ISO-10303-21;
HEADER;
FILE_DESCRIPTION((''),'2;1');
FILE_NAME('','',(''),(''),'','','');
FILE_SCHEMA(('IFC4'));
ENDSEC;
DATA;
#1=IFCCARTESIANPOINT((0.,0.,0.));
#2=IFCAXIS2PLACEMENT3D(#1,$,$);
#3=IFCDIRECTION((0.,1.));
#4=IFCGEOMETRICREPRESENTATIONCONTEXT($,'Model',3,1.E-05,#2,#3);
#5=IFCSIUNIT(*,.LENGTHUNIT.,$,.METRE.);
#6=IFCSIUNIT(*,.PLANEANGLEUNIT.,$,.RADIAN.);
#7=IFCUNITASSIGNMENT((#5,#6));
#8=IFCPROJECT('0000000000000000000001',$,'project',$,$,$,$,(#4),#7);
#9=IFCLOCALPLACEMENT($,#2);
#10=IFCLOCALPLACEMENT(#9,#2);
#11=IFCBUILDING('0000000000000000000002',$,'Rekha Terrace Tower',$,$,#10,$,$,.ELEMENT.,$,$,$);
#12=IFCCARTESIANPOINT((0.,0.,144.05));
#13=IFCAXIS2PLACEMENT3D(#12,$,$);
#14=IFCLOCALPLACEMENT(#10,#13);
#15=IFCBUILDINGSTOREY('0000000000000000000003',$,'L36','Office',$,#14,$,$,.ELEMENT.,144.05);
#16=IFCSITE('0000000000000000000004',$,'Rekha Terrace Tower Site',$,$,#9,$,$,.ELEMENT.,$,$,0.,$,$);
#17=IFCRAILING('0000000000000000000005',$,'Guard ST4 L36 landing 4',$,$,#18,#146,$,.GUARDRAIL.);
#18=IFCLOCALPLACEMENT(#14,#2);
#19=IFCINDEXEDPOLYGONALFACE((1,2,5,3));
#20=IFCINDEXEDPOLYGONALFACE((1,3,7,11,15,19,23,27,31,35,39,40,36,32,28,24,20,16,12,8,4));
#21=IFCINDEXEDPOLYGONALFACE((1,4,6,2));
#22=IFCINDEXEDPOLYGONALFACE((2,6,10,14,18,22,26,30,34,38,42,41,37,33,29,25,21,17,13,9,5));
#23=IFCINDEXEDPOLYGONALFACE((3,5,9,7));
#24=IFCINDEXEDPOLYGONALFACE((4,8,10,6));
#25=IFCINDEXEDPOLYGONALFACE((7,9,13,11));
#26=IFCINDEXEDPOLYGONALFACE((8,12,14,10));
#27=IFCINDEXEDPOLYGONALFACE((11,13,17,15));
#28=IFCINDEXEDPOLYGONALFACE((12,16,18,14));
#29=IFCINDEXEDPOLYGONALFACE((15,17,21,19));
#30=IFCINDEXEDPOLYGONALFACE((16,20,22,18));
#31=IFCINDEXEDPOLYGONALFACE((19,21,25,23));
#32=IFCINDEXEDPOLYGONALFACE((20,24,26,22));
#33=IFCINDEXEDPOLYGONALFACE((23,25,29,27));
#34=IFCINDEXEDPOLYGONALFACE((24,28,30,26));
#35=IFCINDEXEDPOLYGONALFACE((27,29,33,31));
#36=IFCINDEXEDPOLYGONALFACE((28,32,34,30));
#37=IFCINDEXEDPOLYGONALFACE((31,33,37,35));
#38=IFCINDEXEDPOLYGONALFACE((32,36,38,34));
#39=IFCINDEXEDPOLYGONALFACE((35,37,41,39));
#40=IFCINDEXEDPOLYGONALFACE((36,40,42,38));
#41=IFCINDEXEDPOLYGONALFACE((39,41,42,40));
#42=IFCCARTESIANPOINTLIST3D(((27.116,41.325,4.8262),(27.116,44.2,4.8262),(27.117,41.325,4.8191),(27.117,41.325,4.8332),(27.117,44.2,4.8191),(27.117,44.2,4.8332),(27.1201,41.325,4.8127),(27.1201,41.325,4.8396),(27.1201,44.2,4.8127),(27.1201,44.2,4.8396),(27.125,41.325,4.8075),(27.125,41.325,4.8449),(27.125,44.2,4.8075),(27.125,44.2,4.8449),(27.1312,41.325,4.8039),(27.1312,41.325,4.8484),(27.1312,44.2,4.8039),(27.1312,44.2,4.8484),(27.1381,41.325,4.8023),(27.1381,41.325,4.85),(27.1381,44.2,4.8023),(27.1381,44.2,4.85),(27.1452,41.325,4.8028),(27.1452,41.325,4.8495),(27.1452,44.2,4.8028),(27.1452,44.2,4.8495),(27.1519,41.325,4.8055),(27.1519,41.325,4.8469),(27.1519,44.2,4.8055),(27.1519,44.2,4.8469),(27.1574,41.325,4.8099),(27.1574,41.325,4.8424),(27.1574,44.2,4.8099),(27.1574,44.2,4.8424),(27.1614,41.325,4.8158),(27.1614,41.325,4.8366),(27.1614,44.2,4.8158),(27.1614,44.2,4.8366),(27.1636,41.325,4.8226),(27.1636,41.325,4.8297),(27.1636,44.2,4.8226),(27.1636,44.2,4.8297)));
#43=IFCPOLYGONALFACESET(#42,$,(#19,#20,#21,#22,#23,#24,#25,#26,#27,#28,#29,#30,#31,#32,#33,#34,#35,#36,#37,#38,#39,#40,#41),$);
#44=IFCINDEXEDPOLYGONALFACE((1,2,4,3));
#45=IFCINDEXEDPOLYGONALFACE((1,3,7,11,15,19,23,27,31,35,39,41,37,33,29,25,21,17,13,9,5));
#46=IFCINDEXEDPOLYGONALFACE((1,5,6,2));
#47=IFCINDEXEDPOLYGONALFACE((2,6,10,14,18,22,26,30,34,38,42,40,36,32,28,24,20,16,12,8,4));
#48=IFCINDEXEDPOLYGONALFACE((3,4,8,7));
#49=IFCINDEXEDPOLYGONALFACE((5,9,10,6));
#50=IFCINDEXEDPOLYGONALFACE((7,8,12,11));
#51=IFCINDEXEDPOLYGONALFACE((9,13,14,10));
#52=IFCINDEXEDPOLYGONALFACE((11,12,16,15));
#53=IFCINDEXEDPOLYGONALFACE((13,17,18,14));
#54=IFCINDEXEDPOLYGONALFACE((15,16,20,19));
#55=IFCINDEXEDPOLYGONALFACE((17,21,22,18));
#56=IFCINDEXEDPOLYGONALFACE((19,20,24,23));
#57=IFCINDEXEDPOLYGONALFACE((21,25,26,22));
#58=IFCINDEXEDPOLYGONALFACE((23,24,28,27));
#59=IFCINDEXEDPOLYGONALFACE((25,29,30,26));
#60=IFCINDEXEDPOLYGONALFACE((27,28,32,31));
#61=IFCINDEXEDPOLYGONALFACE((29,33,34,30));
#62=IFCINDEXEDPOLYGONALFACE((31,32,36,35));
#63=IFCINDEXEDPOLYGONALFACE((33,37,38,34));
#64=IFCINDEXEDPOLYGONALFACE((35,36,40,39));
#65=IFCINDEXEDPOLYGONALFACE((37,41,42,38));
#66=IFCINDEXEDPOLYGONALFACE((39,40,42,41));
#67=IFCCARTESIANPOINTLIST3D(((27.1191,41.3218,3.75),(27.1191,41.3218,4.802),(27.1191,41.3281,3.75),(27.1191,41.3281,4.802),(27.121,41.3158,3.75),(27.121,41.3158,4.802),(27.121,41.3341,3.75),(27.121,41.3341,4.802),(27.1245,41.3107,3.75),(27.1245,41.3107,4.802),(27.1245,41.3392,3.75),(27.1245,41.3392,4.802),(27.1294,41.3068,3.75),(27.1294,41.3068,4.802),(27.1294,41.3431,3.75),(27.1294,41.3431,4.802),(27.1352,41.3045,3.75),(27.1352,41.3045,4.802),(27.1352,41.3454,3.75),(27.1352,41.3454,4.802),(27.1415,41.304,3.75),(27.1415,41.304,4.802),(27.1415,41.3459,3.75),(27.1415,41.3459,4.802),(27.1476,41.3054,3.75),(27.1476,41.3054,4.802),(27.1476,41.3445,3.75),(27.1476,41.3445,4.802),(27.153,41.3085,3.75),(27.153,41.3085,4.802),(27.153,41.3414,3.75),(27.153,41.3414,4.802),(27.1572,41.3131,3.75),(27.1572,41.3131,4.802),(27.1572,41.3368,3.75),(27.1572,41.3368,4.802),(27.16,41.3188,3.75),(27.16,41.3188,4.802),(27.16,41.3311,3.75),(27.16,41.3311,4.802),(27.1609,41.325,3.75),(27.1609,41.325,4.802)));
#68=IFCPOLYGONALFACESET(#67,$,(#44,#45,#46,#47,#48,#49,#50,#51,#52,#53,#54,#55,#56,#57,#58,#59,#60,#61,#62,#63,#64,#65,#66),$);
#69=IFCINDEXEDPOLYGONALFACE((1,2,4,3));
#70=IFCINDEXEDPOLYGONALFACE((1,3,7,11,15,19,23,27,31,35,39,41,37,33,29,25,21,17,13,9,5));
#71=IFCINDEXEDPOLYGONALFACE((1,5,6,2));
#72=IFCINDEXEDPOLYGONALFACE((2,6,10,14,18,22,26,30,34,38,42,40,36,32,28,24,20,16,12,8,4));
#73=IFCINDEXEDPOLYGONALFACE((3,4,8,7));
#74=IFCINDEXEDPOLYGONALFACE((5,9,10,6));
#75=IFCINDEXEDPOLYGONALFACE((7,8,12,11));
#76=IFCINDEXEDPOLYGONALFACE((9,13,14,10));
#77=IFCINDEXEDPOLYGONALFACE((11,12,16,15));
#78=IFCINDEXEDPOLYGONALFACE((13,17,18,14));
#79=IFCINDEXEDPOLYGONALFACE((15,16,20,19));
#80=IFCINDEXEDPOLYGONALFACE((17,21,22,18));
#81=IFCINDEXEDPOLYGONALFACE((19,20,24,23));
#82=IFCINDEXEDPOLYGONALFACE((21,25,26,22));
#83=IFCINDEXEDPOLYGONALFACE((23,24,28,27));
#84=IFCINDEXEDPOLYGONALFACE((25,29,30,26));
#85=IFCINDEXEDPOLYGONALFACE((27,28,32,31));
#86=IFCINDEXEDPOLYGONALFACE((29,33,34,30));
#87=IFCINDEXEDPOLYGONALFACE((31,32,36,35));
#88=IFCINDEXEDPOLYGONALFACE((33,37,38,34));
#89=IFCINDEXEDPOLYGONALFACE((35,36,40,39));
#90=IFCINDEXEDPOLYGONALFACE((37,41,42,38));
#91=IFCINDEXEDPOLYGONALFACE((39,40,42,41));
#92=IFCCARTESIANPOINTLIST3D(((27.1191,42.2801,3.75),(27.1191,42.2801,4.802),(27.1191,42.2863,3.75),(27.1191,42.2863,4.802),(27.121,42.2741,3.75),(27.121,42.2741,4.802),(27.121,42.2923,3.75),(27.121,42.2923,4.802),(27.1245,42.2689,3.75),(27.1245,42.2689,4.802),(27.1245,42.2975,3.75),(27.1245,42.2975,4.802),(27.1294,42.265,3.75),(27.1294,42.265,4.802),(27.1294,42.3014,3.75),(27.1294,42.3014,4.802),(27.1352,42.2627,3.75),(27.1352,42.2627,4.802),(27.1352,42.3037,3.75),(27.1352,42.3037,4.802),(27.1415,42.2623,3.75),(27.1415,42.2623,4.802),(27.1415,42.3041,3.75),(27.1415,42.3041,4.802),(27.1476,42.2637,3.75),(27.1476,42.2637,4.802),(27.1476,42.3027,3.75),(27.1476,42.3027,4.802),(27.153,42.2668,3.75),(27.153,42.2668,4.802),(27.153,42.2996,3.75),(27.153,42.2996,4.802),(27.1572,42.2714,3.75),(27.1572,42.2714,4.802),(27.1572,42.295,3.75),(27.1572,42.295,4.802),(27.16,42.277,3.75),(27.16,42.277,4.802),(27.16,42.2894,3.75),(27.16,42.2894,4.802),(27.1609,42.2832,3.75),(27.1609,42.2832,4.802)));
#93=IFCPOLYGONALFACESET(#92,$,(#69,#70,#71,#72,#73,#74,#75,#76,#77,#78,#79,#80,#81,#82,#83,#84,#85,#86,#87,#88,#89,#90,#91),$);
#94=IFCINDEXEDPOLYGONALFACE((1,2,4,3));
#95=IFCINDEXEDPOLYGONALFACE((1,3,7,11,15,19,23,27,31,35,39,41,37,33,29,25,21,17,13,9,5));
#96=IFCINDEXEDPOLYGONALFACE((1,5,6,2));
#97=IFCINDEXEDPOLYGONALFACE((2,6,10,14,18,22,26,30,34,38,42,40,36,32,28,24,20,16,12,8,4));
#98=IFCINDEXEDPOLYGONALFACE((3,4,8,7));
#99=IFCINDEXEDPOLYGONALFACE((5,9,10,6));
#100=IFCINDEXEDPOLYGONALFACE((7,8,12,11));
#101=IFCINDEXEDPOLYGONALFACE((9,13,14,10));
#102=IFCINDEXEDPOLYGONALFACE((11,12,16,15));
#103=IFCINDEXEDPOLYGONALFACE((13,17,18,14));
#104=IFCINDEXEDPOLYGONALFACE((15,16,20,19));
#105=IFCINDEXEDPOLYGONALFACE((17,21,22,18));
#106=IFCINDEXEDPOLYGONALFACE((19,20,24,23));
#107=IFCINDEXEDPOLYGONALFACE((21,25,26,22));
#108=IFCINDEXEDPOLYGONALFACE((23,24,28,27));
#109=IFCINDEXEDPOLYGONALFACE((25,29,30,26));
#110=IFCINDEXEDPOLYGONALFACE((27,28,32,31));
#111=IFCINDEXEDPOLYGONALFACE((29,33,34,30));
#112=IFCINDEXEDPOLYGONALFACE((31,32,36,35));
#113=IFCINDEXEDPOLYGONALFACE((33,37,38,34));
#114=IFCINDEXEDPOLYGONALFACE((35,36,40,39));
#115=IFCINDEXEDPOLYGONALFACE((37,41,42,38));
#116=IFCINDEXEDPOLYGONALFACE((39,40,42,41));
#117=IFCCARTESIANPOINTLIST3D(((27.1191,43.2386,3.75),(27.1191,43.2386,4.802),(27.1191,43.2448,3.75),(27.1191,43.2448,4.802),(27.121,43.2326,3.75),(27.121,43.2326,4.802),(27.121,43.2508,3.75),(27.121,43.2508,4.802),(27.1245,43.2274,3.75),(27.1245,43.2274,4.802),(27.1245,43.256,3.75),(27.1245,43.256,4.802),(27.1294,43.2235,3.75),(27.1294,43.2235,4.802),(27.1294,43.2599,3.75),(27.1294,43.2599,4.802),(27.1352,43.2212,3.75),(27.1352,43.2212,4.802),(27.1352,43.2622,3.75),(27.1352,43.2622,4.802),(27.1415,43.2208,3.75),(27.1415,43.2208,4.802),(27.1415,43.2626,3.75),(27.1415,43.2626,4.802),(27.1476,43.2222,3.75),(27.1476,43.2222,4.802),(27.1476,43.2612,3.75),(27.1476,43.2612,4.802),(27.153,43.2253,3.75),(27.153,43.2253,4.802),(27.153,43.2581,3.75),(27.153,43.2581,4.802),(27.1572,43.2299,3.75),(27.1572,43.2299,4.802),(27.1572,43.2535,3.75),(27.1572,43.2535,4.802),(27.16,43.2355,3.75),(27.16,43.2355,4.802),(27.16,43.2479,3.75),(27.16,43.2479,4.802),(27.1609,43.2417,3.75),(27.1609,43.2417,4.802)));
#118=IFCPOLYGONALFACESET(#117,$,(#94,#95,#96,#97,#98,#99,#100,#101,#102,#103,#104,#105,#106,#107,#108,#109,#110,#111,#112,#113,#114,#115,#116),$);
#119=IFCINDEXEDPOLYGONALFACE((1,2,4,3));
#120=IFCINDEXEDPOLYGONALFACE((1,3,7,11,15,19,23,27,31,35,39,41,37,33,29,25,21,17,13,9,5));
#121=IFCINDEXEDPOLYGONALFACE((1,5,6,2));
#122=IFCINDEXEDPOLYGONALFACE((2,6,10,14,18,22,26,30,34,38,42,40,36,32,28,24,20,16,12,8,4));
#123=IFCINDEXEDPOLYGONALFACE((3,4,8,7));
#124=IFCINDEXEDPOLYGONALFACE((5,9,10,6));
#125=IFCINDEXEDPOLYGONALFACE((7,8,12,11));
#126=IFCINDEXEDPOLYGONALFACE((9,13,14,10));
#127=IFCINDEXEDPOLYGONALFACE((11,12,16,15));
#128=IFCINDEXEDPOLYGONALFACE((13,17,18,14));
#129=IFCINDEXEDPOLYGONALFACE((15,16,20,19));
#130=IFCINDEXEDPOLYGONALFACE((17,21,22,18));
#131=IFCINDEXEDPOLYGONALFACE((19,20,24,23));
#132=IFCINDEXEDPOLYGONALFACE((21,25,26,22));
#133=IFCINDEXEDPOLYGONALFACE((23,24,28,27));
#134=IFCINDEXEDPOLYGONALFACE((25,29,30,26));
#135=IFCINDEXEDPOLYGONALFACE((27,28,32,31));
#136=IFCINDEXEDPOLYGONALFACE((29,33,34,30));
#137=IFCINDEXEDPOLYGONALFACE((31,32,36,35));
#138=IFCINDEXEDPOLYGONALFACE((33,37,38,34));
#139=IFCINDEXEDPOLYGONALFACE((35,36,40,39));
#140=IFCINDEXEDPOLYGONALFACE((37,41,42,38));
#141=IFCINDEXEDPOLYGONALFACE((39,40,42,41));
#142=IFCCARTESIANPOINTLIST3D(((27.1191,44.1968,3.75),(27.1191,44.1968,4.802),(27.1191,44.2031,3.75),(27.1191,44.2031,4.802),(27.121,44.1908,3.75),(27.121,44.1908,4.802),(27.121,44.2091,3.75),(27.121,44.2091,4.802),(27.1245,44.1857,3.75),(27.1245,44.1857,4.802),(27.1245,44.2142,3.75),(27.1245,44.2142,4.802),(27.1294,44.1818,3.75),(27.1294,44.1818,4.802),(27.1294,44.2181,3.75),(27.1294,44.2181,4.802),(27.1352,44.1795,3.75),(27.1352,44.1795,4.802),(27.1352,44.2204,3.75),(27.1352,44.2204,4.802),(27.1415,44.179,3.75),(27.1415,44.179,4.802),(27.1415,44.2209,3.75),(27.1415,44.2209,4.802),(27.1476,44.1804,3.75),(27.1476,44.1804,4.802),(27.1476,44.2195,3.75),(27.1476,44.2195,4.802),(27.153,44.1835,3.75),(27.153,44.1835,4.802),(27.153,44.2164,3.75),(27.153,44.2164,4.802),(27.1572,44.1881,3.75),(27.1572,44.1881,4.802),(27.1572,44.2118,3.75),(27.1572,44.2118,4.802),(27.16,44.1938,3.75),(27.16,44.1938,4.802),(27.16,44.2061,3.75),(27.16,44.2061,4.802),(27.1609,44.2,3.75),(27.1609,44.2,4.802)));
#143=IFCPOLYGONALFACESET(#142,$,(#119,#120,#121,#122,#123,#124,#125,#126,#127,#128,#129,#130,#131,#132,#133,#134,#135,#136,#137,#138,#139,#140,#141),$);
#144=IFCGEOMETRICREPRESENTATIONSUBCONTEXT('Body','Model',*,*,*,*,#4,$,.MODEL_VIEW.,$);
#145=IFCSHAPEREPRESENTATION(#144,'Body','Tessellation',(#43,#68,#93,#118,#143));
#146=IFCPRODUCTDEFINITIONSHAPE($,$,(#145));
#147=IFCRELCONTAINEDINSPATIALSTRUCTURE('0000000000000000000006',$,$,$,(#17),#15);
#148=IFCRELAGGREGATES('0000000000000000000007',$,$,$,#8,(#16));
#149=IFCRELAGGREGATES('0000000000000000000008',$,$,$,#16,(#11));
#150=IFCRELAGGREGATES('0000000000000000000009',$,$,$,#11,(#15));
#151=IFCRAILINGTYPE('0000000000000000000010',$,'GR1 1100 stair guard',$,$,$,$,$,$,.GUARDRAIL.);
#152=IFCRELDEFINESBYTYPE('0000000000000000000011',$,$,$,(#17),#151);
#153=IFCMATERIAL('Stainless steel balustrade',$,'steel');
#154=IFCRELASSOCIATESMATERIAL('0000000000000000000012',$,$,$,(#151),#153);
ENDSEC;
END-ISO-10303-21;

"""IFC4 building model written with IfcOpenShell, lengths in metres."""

from ifc_helpers import new_model, si_unit, direction, frame, origin, origin_2d, place, context, subcontext, project, spatial, circle, extrude, material, type_object, element, save


model = new_model("IFC4")

# Units and contexts
model_context = context("Model", 3, precision=1e-05, world=origin(), true_north=direction((0.0, 1.0)))
body_context = subcontext(model_context, "Body", "Model", "MODEL_VIEW")
ifc_project = project(units=[si_unit("LENGTHUNIT", "METRE"), si_unit("PLANEANGLEUNIT", "RADIAN")], contexts=[model_context])

# Site, building, storey
site_placement = place(None, origin())
site = spatial("IfcSite", under=ifc_project, at=site_placement, Name="Rekha Terrace Tower Site", CompositionType="ELEMENT", RefElevation=0.0)
building_placement = place(site_placement, origin())
building = spatial("IfcBuilding", under=site, at=building_placement, Name="Rekha Terrace Tower", CompositionType="ELEMENT")
storey_placement = place(building_placement, frame((0.0, 0.0, 144.05)))
storey = spatial("IfcBuildingStorey", under=building, at=storey_placement, Name="L36", Description="Office", CompositionType="ELEMENT", Elevation=144.05)

# Railing
ifc_material_1 = material(Name="Stainless steel balustrade", Category="steel")
railing_type_1 = type_object("IfcRailingType", Name="GR1 1100 stair guard", PredefinedType="GUARDRAIL", material=ifc_material_1)
railing_1_placement = place(storey_placement, frame((27.1399, 41.325, 3.75)))
element("IfcRailing", 1, at=railing_1_placement, inside=storey, type_object=railing_type_1, Name="Guard ST4 L36 landing 4", PredefinedType="GUARDRAIL", context=body_context, shape_type="SweptSolid", body=[
    extrude(circle(Radius=0.0239, at=origin_2d()), frame((0.0, 0.0, 1.0762), z_axis=(0.0, 1.0, 0.0), x_axis=(-1.0, 0.0, 0.0)), (0.0, 0.0, 1.0), 2.875),
    extrude(circle(Radius=0.021, at=origin_2d()), origin(), (0.0, 0.0, 1.0), 1.052),
    extrude(circle(Radius=0.021, at=origin_2d()), frame((0.0, 0.9583, 0.0)), (0.0, 0.0, 1.0), 1.052),
    extrude(circle(Radius=0.021, at=origin_2d()), frame((0.0, 1.9167, 0.0)), (0.0, 0.0, 1.0), 1.052),
    extrude(circle(Radius=0.021, at=origin_2d()), frame((0.0, 2.875, 0.0)), (0.0, 0.0, 1.0), 1.052),
])

save(model, "model.ifc")
